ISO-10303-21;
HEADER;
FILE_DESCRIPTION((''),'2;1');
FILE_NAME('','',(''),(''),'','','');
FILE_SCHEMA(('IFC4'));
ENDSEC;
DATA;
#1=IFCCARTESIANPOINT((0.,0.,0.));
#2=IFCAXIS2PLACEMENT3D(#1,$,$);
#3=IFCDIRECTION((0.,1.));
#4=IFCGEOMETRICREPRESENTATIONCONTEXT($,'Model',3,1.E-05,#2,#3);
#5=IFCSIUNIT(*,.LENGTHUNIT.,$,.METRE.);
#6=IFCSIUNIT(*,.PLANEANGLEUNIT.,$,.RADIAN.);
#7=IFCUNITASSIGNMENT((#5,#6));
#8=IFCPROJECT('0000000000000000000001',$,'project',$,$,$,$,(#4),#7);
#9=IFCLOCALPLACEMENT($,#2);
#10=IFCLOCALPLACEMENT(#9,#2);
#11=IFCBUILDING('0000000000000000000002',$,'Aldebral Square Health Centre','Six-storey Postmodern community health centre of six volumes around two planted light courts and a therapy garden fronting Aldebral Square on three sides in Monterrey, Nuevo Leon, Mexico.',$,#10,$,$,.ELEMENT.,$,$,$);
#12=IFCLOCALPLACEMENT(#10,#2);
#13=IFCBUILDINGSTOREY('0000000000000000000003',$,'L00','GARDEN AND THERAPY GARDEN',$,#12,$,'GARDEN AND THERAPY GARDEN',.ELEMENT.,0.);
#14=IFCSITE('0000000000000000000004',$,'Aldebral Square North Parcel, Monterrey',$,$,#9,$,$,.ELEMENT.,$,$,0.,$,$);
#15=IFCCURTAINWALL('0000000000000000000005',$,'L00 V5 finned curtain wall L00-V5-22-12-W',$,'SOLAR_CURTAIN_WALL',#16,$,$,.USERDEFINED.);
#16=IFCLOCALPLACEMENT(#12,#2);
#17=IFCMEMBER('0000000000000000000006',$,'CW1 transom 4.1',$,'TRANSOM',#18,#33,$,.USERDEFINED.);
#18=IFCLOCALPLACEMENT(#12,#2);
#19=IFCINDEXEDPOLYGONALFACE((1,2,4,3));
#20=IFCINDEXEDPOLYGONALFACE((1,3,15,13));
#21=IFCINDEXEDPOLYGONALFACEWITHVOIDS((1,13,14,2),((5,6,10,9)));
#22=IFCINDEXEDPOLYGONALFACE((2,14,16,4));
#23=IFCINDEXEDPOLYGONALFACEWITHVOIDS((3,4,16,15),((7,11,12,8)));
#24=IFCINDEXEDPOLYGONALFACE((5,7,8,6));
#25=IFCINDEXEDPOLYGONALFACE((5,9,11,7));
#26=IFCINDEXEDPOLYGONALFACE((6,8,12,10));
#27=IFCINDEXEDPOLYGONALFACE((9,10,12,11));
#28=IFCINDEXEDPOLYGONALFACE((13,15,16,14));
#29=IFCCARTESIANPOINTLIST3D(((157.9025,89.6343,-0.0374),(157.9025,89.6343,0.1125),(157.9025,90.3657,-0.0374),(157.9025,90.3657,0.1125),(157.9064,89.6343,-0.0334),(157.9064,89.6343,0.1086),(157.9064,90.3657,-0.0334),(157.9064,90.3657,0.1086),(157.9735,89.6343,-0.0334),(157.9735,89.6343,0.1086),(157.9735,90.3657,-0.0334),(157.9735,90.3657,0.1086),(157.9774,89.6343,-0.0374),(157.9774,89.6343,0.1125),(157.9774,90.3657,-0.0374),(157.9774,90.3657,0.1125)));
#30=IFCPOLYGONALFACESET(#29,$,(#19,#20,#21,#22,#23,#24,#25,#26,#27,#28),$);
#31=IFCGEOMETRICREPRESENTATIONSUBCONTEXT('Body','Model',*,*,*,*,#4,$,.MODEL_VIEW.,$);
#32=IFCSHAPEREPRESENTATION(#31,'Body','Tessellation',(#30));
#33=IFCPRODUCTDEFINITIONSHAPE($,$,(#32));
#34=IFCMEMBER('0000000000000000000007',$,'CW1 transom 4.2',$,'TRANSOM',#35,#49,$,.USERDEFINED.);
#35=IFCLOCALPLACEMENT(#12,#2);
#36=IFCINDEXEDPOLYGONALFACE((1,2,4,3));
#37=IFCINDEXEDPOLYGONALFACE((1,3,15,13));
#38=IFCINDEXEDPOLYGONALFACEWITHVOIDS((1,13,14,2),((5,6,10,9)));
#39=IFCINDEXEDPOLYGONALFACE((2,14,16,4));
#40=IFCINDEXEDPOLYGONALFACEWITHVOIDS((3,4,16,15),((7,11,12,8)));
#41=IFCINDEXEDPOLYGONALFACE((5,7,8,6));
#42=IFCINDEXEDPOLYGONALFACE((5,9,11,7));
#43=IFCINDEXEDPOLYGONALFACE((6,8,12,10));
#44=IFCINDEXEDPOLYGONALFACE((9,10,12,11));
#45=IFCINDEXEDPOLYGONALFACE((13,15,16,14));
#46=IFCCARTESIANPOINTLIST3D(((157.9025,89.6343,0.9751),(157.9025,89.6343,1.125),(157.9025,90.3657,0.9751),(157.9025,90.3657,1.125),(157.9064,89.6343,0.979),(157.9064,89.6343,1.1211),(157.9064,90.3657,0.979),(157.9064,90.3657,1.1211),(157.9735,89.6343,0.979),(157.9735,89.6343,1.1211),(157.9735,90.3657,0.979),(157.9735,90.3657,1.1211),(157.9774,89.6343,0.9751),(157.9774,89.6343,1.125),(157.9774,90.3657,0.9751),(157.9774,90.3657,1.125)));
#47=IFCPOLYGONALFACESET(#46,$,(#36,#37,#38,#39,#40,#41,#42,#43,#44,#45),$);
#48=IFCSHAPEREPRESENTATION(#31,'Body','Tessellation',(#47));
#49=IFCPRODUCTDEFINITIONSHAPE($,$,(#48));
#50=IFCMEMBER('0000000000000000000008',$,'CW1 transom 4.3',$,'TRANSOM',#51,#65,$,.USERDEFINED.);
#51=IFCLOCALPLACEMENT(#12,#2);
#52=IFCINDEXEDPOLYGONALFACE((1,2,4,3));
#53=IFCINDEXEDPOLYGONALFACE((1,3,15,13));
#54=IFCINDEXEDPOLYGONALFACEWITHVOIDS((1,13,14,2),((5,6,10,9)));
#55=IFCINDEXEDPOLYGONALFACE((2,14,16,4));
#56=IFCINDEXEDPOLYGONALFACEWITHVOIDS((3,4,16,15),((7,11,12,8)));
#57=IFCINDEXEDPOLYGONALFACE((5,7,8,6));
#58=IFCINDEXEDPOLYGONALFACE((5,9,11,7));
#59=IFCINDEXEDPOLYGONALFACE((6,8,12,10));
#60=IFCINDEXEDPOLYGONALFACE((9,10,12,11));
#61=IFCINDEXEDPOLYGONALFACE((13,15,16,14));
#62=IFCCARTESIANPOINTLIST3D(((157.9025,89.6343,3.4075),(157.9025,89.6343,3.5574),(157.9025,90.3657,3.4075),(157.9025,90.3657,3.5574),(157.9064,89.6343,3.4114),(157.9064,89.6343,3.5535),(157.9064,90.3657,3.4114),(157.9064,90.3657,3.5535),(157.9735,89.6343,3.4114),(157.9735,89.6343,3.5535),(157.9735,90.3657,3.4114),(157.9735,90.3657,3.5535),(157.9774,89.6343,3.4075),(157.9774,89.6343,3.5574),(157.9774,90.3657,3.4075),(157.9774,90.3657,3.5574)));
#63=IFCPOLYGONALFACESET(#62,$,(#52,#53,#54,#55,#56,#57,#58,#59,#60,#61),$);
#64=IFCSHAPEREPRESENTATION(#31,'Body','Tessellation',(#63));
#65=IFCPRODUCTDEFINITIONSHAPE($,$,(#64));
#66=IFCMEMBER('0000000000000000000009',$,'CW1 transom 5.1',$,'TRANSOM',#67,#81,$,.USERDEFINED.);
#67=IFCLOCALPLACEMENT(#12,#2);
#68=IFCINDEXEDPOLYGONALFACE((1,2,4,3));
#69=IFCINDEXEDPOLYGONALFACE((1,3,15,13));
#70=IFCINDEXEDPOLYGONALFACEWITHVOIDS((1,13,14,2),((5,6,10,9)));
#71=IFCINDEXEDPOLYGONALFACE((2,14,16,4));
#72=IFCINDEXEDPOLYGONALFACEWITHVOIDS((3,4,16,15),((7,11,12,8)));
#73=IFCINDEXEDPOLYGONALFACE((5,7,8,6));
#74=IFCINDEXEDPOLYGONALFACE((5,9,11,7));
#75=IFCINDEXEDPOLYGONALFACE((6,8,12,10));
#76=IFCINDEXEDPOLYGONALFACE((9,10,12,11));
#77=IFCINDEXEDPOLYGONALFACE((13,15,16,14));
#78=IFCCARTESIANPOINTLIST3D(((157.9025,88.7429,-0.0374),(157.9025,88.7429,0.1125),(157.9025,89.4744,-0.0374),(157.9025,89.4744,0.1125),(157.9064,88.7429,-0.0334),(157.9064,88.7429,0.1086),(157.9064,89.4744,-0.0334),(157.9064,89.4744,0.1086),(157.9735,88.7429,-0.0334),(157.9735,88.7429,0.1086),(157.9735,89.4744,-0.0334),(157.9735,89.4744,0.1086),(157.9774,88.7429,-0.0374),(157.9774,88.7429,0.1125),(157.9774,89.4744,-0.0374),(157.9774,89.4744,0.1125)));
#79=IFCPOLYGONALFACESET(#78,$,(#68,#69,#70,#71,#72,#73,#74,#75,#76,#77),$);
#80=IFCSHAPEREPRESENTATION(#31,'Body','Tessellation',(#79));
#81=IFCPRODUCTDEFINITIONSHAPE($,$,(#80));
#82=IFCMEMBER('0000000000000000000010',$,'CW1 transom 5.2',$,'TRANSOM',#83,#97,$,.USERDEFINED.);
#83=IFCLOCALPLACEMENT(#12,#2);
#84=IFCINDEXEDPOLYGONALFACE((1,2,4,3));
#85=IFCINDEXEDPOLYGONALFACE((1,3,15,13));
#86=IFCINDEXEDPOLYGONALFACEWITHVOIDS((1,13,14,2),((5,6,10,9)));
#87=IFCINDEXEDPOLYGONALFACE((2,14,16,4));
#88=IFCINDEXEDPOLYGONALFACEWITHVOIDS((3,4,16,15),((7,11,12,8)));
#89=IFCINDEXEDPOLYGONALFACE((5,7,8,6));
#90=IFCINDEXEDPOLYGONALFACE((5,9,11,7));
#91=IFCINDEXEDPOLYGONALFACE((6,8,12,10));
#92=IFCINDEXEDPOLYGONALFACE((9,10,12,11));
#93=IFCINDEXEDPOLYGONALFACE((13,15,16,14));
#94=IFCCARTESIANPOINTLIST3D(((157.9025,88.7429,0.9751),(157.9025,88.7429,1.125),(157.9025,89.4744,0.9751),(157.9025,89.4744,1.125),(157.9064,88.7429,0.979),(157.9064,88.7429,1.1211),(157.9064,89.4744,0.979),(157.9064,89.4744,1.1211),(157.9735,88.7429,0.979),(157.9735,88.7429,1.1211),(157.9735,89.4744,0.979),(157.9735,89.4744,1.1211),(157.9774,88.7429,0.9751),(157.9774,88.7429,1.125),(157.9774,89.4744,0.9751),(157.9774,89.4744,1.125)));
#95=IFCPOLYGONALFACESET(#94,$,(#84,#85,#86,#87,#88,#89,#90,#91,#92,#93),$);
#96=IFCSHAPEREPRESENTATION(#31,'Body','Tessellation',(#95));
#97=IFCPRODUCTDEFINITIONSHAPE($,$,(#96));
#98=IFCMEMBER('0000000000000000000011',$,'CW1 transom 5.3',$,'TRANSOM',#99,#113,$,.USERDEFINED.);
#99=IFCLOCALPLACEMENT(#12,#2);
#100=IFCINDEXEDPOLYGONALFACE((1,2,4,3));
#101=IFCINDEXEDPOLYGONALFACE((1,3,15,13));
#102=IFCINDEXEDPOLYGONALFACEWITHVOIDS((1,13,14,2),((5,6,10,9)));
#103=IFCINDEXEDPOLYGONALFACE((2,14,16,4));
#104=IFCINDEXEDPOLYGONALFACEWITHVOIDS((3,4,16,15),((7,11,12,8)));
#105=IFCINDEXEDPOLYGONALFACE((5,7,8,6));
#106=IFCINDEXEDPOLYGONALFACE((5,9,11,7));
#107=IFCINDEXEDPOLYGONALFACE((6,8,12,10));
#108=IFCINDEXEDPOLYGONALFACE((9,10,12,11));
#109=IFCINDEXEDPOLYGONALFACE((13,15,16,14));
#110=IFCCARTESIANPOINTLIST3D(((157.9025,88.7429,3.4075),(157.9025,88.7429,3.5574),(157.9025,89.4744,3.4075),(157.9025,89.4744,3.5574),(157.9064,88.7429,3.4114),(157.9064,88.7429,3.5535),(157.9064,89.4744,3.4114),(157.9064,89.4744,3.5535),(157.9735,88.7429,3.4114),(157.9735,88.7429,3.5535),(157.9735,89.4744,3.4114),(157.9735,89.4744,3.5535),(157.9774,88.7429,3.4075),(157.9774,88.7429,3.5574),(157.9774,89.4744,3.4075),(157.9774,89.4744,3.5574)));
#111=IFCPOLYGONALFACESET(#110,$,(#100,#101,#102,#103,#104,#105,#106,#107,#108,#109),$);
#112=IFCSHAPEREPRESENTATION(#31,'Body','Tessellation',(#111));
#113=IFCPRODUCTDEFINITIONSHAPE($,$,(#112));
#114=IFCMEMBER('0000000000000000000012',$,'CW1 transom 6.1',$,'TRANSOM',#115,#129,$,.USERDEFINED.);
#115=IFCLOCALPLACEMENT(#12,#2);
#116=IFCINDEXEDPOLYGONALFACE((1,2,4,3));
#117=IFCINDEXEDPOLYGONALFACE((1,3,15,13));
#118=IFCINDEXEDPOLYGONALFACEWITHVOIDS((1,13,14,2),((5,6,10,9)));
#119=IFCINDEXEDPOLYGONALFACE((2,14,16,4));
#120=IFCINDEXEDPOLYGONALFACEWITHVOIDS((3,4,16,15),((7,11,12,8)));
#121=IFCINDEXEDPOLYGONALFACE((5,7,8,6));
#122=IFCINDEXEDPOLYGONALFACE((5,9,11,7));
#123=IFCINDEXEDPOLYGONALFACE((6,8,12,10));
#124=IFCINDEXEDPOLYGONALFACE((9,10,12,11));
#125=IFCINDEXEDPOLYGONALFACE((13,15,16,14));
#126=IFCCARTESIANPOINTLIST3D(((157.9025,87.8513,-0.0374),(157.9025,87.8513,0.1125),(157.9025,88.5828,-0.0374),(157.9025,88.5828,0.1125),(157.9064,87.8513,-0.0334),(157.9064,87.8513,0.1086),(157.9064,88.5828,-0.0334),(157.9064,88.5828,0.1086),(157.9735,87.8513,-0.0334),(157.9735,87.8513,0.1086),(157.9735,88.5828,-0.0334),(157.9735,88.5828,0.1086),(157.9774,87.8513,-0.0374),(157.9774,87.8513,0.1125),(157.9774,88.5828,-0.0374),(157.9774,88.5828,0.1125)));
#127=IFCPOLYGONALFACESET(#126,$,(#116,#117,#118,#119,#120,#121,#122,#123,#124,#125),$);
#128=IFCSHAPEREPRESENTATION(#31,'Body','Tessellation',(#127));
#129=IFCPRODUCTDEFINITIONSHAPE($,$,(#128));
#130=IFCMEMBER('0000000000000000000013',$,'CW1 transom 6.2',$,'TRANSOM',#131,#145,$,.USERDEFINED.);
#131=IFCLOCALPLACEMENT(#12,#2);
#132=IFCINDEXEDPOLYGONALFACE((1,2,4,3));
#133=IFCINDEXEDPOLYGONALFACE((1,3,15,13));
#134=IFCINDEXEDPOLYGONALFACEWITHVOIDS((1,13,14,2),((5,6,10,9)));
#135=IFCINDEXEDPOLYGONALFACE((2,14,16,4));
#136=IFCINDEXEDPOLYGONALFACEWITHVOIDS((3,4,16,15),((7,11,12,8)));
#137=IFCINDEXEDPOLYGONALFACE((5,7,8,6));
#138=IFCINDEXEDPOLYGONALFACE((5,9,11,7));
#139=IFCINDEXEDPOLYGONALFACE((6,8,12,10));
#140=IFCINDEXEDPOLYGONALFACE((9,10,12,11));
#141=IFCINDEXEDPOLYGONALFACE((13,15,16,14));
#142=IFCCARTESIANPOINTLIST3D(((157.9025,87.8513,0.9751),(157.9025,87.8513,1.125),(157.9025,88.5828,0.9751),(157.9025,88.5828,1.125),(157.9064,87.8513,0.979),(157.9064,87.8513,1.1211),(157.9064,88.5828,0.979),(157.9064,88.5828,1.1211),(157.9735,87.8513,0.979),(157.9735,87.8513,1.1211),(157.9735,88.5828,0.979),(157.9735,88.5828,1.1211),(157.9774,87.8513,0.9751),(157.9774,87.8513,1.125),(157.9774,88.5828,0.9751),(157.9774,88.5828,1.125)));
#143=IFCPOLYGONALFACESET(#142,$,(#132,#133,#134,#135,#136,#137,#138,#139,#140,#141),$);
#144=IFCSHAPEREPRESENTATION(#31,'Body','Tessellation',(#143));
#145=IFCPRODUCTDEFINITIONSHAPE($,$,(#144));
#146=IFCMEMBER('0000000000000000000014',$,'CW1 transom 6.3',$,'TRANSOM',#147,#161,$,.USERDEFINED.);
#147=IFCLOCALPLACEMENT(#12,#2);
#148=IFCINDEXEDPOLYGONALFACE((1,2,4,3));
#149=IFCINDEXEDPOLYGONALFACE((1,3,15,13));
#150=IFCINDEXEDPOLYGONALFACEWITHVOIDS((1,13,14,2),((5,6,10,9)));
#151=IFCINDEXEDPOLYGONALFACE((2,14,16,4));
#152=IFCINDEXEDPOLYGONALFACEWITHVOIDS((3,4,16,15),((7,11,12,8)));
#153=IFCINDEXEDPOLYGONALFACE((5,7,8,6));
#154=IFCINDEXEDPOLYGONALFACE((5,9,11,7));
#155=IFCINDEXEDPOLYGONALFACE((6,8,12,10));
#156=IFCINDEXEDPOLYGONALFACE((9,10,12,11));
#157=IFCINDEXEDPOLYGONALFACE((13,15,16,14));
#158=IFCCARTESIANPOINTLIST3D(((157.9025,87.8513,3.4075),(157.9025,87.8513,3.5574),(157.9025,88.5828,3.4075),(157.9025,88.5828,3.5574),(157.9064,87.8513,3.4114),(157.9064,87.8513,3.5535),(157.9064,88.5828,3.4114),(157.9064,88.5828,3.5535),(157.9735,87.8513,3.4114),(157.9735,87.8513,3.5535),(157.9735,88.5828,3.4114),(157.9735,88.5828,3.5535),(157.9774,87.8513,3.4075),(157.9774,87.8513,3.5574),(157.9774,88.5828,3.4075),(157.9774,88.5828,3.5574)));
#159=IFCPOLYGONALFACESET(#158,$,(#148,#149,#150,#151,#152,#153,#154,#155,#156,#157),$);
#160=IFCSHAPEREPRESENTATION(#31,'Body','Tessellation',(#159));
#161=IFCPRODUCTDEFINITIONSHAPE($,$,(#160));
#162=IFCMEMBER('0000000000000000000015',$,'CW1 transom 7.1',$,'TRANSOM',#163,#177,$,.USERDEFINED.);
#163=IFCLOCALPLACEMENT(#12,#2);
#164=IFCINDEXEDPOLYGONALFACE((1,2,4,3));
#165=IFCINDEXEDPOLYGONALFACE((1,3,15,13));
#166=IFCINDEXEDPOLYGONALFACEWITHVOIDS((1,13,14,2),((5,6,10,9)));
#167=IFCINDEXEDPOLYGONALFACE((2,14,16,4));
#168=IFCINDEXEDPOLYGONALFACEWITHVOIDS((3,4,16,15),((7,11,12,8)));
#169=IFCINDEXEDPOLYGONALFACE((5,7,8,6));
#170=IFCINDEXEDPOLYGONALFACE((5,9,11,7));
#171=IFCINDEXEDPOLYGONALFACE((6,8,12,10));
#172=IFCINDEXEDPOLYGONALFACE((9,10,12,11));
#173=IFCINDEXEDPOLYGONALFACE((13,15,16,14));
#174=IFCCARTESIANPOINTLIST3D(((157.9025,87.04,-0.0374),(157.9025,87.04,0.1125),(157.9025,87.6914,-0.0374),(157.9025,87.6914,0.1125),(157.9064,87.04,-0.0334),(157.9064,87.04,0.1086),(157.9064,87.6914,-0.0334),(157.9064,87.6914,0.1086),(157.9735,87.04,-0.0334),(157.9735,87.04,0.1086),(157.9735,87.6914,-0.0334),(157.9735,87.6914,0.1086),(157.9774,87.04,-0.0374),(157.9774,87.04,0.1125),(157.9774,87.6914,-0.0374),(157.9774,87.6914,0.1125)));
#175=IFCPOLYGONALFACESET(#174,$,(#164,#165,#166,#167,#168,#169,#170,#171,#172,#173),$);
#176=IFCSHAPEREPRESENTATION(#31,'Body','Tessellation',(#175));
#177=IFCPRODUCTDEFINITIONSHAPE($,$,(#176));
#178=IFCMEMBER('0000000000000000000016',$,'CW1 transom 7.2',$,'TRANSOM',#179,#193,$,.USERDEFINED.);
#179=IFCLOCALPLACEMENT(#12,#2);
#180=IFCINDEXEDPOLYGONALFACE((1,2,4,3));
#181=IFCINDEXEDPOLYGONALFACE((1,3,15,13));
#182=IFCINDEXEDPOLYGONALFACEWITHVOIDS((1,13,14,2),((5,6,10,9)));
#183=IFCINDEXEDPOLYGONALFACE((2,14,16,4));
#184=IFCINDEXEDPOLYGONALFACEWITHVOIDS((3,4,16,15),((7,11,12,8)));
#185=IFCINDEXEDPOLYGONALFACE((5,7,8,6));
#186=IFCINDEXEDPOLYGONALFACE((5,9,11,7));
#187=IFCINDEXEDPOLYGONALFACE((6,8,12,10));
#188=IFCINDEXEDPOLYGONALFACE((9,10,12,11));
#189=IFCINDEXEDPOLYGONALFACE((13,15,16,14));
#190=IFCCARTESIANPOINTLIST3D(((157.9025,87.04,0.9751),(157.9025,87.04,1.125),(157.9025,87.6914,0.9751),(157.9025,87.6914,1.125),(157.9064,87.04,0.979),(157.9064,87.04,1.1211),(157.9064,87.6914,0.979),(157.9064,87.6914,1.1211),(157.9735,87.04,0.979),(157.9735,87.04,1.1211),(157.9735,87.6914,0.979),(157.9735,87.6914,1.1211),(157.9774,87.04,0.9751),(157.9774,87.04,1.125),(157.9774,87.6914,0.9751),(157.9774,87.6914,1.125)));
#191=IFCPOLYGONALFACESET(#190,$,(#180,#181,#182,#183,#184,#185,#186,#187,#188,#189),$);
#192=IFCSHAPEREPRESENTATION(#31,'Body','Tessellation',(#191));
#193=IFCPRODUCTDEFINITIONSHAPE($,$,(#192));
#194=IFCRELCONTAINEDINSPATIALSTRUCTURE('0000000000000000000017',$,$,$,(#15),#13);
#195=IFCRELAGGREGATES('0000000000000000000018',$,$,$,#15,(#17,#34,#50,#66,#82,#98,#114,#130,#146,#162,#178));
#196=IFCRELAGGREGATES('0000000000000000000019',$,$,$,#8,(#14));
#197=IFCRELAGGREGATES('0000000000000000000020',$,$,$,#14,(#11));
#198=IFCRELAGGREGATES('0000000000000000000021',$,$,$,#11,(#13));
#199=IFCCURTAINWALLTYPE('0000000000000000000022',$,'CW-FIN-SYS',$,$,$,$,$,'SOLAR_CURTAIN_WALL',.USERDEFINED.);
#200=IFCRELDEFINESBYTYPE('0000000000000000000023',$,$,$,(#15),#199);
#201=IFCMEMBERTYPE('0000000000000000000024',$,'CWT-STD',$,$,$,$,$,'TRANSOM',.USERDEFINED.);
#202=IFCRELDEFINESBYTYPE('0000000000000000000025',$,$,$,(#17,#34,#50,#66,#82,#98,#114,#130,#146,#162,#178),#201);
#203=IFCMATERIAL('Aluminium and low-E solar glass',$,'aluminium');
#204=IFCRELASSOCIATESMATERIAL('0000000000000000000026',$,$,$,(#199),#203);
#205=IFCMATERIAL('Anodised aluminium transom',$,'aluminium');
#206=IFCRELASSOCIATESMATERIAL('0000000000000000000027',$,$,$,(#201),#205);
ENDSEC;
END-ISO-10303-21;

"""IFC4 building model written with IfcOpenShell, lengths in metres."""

from ifc_helpers import new_model, si_unit, direction, frame, origin, origin_2d, place, context, subcontext, project, spatial, hollow_rectangle, extrude, material, material_profile, profile_set, type_object, element, aggregate, save


model = new_model("IFC4")

# Units and contexts
model_context = context("Model", 3, precision=1e-05, world=origin(), true_north=direction((0.0, 1.0)))
body_context = subcontext(model_context, "Body", "Model", "MODEL_VIEW")
ifc_project = project(units=[si_unit("LENGTHUNIT", "METRE"), si_unit("PLANEANGLEUNIT", "RADIAN")], contexts=[model_context])

# Site, building, storey
site_placement = place(None, origin())
site = spatial("IfcSite", under=ifc_project, at=site_placement, Name="Aldebral Square North Parcel, Monterrey", CompositionType="ELEMENT", RefElevation=0.0)
building_placement = place(site_placement, origin())
building = spatial("IfcBuilding", under=site, at=building_placement, Name="Aldebral Square Health Centre", Description="Six-storey Postmodern community health centre of six volumes around two planted light courts and a therapy garden fronting Aldebral Square on three sides in Monterrey, Nuevo Leon, Mexico.", CompositionType="ELEMENT")
storey_placement = place(building_placement, origin())
storey = spatial("IfcBuildingStorey", under=building, at=storey_placement, Name="L00", Description="GARDEN AND THERAPY GARDEN", LongName="GARDEN AND THERAPY GARDEN", CompositionType="ELEMENT", Elevation=0.0)

# Curtain wall, members
ifc_material_1 = material(Name="Aluminium and low-E solar glass", Category="aluminium")
curtain_wall_type = type_object("IfcCurtainWallType", Name="CW-FIN-SYS", ElementType="SOLAR_CURTAIN_WALL", PredefinedType="USERDEFINED", material=ifc_material_1)
curtain_wall_placement = place(storey_placement, origin())
curtain_wall = element("IfcCurtainWall", 1, at=curtain_wall_placement, inside=storey, type_object=curtain_wall_type, Name="L00 V5 finned curtain wall L00-V5-22-12-W", ObjectType="SOLAR_CURTAIN_WALL", PredefinedType="USERDEFINED")
ifc_material_2 = material(Name="Anodised aluminium transom", Category="aluminium")
ifc_material_profile_1 = material_profile(ifc_material_2, hollow_rectangle(XDim=0.075, YDim=0.1499, WallThickness=0.0039, at=origin_2d()), Name="CWT 75x150x4")
ifc_profile_set_1 = profile_set([ifc_material_profile_1], Name="Anodised aluminium transom")
member_type_1 = type_object("IfcMemberType", Name="CWT-STD", ElementType="TRANSOM", PredefinedType="USERDEFINED", material=ifc_profile_set_1)
member_1_placement = place(storey_placement, frame((157.9399, 90.3657, 0.0376), z_axis=(0.0, -1.0, 0.0), x_axis=(1.0, 0.0, 0.0)))
member_1 = element("IfcMember", 2, at=member_1_placement, type_object=member_type_1, Name="CW1 transom 4.1", ObjectType="TRANSOM", PredefinedType="USERDEFINED", context=body_context, shape_type="SweptSolid", body=[
    extrude(hollow_rectangle(XDim=0.075, YDim=0.1499, WallThickness=0.0039, at=origin_2d()), origin(), (0.0, 0.0, 1.0), 0.7314),
])
member_2_placement = place(storey_placement, frame((157.9399, 90.3657, 1.05), z_axis=(0.0, -1.0, 0.0), x_axis=(1.0, 0.0, 0.0)))
member_2 = element("IfcMember", 3, at=member_2_placement, type_object=member_type_1, Name="CW1 transom 4.2", ObjectType="TRANSOM", PredefinedType="USERDEFINED", context=body_context, shape_type="SweptSolid", body=[
    extrude(hollow_rectangle(XDim=0.075, YDim=0.1499, WallThickness=0.0039, at=origin_2d()), origin(), (0.0, 0.0, 1.0), 0.7314),
])
member_3_placement = place(storey_placement, frame((157.9399, 90.3657, 3.4824), z_axis=(0.0, -1.0, 0.0), x_axis=(1.0, 0.0, 0.0)))
member_3 = element("IfcMember", 4, at=member_3_placement, type_object=member_type_1, Name="CW1 transom 4.3", ObjectType="TRANSOM", PredefinedType="USERDEFINED", context=body_context, shape_type="SweptSolid", body=[
    extrude(hollow_rectangle(XDim=0.075, YDim=0.1499, WallThickness=0.0039, at=origin_2d()), origin(), (0.0, 0.0, 1.0), 0.7314),
])
member_4_placement = place(storey_placement, frame((157.9399, 89.4744, 0.0376), z_axis=(0.0, -1.0, 0.0), x_axis=(1.0, 0.0, 0.0)))
member_4 = element("IfcMember", 5, at=member_4_placement, type_object=member_type_1, Name="CW1 transom 5.1", ObjectType="TRANSOM", PredefinedType="USERDEFINED", context=body_context, shape_type="SweptSolid", body=[
    extrude(hollow_rectangle(XDim=0.075, YDim=0.1499, WallThickness=0.0039, at=origin_2d()), origin(), (0.0, 0.0, 1.0), 0.7314),
])
member_5_placement = place(storey_placement, frame((157.9399, 89.4744, 1.05), z_axis=(0.0, -1.0, 0.0), x_axis=(1.0, 0.0, 0.0)))
member_5 = element("IfcMember", 6, at=member_5_placement, type_object=member_type_1, Name="CW1 transom 5.2", ObjectType="TRANSOM", PredefinedType="USERDEFINED", context=body_context, shape_type="SweptSolid", body=[
    extrude(hollow_rectangle(XDim=0.075, YDim=0.1499, WallThickness=0.0039, at=origin_2d()), origin(), (0.0, 0.0, 1.0), 0.7314),
])
member_6_placement = place(storey_placement, frame((157.9399, 89.4744, 3.4824), z_axis=(0.0, -1.0, 0.0), x_axis=(1.0, 0.0, 0.0)))
member_6 = element("IfcMember", 7, at=member_6_placement, type_object=member_type_1, Name="CW1 transom 5.3", ObjectType="TRANSOM", PredefinedType="USERDEFINED", context=body_context, shape_type="SweptSolid", body=[
    extrude(hollow_rectangle(XDim=0.075, YDim=0.1499, WallThickness=0.0039, at=origin_2d()), origin(), (0.0, 0.0, 1.0), 0.7314),
])
member_7_placement = place(storey_placement, frame((157.9399, 88.5828, 0.0376), z_axis=(0.0, -1.0, 0.0), x_axis=(1.0, 0.0, 0.0)))
member_7 = element("IfcMember", 8, at=member_7_placement, type_object=member_type_1, Name="CW1 transom 6.1", ObjectType="TRANSOM", PredefinedType="USERDEFINED", context=body_context, shape_type="SweptSolid", body=[
    extrude(hollow_rectangle(XDim=0.075, YDim=0.1499, WallThickness=0.0039, at=origin_2d()), origin(), (0.0, 0.0, 1.0), 0.7314),
])
member_8_placement = place(storey_placement, frame((157.9399, 88.5828, 1.05), z_axis=(0.0, -1.0, 0.0), x_axis=(1.0, 0.0, 0.0)))
member_8 = element("IfcMember", 9, at=member_8_placement, type_object=member_type_1, Name="CW1 transom 6.2", ObjectType="TRANSOM", PredefinedType="USERDEFINED", context=body_context, shape_type="SweptSolid", body=[
    extrude(hollow_rectangle(XDim=0.075, YDim=0.1499, WallThickness=0.0039, at=origin_2d()), origin(), (0.0, 0.0, 1.0), 0.7314),
])
member_9_placement = place(storey_placement, frame((157.9399, 88.5828, 3.4824), z_axis=(0.0, -1.0, 0.0), x_axis=(1.0, 0.0, 0.0)))
member_9 = element("IfcMember", 10, at=member_9_placement, type_object=member_type_1, Name="CW1 transom 6.3", ObjectType="TRANSOM", PredefinedType="USERDEFINED", context=body_context, shape_type="SweptSolid", body=[
    extrude(hollow_rectangle(XDim=0.075, YDim=0.1499, WallThickness=0.0039, at=origin_2d()), origin(), (0.0, 0.0, 1.0), 0.7314),
])
member_10_placement = place(storey_placement, frame((157.9399, 87.6914, 0.0376), z_axis=(0.0, -1.0, 0.0), x_axis=(1.0, 0.0, 0.0)))
member_10 = element("IfcMember", 11, at=member_10_placement, type_object=member_type_1, Name="CW1 transom 7.1", ObjectType="TRANSOM", PredefinedType="USERDEFINED", context=body_context, shape_type="SweptSolid", body=[
    extrude(hollow_rectangle(XDim=0.075, YDim=0.1499, WallThickness=0.0039, at=origin_2d()), origin(), (0.0, 0.0, 1.0), 0.6514),
])
member_11_placement = place(storey_placement, frame((157.9399, 87.6914, 1.05), z_axis=(0.0, -1.0, 0.0), x_axis=(1.0, 0.0, 0.0)))
member_11 = element("IfcMember", 12, at=member_11_placement, type_object=member_type_1, Name="CW1 transom 7.2", ObjectType="TRANSOM", PredefinedType="USERDEFINED", context=body_context, shape_type="SweptSolid", body=[
    extrude(hollow_rectangle(XDim=0.075, YDim=0.1499, WallThickness=0.0039, at=origin_2d()), origin(), (0.0, 0.0, 1.0), 0.6514),
])
aggregate(curtain_wall, [member_1, member_2, member_3, member_4, member_5, member_6, member_7, member_8, member_9, member_10, member_11])

save(model, "model.ifc")
